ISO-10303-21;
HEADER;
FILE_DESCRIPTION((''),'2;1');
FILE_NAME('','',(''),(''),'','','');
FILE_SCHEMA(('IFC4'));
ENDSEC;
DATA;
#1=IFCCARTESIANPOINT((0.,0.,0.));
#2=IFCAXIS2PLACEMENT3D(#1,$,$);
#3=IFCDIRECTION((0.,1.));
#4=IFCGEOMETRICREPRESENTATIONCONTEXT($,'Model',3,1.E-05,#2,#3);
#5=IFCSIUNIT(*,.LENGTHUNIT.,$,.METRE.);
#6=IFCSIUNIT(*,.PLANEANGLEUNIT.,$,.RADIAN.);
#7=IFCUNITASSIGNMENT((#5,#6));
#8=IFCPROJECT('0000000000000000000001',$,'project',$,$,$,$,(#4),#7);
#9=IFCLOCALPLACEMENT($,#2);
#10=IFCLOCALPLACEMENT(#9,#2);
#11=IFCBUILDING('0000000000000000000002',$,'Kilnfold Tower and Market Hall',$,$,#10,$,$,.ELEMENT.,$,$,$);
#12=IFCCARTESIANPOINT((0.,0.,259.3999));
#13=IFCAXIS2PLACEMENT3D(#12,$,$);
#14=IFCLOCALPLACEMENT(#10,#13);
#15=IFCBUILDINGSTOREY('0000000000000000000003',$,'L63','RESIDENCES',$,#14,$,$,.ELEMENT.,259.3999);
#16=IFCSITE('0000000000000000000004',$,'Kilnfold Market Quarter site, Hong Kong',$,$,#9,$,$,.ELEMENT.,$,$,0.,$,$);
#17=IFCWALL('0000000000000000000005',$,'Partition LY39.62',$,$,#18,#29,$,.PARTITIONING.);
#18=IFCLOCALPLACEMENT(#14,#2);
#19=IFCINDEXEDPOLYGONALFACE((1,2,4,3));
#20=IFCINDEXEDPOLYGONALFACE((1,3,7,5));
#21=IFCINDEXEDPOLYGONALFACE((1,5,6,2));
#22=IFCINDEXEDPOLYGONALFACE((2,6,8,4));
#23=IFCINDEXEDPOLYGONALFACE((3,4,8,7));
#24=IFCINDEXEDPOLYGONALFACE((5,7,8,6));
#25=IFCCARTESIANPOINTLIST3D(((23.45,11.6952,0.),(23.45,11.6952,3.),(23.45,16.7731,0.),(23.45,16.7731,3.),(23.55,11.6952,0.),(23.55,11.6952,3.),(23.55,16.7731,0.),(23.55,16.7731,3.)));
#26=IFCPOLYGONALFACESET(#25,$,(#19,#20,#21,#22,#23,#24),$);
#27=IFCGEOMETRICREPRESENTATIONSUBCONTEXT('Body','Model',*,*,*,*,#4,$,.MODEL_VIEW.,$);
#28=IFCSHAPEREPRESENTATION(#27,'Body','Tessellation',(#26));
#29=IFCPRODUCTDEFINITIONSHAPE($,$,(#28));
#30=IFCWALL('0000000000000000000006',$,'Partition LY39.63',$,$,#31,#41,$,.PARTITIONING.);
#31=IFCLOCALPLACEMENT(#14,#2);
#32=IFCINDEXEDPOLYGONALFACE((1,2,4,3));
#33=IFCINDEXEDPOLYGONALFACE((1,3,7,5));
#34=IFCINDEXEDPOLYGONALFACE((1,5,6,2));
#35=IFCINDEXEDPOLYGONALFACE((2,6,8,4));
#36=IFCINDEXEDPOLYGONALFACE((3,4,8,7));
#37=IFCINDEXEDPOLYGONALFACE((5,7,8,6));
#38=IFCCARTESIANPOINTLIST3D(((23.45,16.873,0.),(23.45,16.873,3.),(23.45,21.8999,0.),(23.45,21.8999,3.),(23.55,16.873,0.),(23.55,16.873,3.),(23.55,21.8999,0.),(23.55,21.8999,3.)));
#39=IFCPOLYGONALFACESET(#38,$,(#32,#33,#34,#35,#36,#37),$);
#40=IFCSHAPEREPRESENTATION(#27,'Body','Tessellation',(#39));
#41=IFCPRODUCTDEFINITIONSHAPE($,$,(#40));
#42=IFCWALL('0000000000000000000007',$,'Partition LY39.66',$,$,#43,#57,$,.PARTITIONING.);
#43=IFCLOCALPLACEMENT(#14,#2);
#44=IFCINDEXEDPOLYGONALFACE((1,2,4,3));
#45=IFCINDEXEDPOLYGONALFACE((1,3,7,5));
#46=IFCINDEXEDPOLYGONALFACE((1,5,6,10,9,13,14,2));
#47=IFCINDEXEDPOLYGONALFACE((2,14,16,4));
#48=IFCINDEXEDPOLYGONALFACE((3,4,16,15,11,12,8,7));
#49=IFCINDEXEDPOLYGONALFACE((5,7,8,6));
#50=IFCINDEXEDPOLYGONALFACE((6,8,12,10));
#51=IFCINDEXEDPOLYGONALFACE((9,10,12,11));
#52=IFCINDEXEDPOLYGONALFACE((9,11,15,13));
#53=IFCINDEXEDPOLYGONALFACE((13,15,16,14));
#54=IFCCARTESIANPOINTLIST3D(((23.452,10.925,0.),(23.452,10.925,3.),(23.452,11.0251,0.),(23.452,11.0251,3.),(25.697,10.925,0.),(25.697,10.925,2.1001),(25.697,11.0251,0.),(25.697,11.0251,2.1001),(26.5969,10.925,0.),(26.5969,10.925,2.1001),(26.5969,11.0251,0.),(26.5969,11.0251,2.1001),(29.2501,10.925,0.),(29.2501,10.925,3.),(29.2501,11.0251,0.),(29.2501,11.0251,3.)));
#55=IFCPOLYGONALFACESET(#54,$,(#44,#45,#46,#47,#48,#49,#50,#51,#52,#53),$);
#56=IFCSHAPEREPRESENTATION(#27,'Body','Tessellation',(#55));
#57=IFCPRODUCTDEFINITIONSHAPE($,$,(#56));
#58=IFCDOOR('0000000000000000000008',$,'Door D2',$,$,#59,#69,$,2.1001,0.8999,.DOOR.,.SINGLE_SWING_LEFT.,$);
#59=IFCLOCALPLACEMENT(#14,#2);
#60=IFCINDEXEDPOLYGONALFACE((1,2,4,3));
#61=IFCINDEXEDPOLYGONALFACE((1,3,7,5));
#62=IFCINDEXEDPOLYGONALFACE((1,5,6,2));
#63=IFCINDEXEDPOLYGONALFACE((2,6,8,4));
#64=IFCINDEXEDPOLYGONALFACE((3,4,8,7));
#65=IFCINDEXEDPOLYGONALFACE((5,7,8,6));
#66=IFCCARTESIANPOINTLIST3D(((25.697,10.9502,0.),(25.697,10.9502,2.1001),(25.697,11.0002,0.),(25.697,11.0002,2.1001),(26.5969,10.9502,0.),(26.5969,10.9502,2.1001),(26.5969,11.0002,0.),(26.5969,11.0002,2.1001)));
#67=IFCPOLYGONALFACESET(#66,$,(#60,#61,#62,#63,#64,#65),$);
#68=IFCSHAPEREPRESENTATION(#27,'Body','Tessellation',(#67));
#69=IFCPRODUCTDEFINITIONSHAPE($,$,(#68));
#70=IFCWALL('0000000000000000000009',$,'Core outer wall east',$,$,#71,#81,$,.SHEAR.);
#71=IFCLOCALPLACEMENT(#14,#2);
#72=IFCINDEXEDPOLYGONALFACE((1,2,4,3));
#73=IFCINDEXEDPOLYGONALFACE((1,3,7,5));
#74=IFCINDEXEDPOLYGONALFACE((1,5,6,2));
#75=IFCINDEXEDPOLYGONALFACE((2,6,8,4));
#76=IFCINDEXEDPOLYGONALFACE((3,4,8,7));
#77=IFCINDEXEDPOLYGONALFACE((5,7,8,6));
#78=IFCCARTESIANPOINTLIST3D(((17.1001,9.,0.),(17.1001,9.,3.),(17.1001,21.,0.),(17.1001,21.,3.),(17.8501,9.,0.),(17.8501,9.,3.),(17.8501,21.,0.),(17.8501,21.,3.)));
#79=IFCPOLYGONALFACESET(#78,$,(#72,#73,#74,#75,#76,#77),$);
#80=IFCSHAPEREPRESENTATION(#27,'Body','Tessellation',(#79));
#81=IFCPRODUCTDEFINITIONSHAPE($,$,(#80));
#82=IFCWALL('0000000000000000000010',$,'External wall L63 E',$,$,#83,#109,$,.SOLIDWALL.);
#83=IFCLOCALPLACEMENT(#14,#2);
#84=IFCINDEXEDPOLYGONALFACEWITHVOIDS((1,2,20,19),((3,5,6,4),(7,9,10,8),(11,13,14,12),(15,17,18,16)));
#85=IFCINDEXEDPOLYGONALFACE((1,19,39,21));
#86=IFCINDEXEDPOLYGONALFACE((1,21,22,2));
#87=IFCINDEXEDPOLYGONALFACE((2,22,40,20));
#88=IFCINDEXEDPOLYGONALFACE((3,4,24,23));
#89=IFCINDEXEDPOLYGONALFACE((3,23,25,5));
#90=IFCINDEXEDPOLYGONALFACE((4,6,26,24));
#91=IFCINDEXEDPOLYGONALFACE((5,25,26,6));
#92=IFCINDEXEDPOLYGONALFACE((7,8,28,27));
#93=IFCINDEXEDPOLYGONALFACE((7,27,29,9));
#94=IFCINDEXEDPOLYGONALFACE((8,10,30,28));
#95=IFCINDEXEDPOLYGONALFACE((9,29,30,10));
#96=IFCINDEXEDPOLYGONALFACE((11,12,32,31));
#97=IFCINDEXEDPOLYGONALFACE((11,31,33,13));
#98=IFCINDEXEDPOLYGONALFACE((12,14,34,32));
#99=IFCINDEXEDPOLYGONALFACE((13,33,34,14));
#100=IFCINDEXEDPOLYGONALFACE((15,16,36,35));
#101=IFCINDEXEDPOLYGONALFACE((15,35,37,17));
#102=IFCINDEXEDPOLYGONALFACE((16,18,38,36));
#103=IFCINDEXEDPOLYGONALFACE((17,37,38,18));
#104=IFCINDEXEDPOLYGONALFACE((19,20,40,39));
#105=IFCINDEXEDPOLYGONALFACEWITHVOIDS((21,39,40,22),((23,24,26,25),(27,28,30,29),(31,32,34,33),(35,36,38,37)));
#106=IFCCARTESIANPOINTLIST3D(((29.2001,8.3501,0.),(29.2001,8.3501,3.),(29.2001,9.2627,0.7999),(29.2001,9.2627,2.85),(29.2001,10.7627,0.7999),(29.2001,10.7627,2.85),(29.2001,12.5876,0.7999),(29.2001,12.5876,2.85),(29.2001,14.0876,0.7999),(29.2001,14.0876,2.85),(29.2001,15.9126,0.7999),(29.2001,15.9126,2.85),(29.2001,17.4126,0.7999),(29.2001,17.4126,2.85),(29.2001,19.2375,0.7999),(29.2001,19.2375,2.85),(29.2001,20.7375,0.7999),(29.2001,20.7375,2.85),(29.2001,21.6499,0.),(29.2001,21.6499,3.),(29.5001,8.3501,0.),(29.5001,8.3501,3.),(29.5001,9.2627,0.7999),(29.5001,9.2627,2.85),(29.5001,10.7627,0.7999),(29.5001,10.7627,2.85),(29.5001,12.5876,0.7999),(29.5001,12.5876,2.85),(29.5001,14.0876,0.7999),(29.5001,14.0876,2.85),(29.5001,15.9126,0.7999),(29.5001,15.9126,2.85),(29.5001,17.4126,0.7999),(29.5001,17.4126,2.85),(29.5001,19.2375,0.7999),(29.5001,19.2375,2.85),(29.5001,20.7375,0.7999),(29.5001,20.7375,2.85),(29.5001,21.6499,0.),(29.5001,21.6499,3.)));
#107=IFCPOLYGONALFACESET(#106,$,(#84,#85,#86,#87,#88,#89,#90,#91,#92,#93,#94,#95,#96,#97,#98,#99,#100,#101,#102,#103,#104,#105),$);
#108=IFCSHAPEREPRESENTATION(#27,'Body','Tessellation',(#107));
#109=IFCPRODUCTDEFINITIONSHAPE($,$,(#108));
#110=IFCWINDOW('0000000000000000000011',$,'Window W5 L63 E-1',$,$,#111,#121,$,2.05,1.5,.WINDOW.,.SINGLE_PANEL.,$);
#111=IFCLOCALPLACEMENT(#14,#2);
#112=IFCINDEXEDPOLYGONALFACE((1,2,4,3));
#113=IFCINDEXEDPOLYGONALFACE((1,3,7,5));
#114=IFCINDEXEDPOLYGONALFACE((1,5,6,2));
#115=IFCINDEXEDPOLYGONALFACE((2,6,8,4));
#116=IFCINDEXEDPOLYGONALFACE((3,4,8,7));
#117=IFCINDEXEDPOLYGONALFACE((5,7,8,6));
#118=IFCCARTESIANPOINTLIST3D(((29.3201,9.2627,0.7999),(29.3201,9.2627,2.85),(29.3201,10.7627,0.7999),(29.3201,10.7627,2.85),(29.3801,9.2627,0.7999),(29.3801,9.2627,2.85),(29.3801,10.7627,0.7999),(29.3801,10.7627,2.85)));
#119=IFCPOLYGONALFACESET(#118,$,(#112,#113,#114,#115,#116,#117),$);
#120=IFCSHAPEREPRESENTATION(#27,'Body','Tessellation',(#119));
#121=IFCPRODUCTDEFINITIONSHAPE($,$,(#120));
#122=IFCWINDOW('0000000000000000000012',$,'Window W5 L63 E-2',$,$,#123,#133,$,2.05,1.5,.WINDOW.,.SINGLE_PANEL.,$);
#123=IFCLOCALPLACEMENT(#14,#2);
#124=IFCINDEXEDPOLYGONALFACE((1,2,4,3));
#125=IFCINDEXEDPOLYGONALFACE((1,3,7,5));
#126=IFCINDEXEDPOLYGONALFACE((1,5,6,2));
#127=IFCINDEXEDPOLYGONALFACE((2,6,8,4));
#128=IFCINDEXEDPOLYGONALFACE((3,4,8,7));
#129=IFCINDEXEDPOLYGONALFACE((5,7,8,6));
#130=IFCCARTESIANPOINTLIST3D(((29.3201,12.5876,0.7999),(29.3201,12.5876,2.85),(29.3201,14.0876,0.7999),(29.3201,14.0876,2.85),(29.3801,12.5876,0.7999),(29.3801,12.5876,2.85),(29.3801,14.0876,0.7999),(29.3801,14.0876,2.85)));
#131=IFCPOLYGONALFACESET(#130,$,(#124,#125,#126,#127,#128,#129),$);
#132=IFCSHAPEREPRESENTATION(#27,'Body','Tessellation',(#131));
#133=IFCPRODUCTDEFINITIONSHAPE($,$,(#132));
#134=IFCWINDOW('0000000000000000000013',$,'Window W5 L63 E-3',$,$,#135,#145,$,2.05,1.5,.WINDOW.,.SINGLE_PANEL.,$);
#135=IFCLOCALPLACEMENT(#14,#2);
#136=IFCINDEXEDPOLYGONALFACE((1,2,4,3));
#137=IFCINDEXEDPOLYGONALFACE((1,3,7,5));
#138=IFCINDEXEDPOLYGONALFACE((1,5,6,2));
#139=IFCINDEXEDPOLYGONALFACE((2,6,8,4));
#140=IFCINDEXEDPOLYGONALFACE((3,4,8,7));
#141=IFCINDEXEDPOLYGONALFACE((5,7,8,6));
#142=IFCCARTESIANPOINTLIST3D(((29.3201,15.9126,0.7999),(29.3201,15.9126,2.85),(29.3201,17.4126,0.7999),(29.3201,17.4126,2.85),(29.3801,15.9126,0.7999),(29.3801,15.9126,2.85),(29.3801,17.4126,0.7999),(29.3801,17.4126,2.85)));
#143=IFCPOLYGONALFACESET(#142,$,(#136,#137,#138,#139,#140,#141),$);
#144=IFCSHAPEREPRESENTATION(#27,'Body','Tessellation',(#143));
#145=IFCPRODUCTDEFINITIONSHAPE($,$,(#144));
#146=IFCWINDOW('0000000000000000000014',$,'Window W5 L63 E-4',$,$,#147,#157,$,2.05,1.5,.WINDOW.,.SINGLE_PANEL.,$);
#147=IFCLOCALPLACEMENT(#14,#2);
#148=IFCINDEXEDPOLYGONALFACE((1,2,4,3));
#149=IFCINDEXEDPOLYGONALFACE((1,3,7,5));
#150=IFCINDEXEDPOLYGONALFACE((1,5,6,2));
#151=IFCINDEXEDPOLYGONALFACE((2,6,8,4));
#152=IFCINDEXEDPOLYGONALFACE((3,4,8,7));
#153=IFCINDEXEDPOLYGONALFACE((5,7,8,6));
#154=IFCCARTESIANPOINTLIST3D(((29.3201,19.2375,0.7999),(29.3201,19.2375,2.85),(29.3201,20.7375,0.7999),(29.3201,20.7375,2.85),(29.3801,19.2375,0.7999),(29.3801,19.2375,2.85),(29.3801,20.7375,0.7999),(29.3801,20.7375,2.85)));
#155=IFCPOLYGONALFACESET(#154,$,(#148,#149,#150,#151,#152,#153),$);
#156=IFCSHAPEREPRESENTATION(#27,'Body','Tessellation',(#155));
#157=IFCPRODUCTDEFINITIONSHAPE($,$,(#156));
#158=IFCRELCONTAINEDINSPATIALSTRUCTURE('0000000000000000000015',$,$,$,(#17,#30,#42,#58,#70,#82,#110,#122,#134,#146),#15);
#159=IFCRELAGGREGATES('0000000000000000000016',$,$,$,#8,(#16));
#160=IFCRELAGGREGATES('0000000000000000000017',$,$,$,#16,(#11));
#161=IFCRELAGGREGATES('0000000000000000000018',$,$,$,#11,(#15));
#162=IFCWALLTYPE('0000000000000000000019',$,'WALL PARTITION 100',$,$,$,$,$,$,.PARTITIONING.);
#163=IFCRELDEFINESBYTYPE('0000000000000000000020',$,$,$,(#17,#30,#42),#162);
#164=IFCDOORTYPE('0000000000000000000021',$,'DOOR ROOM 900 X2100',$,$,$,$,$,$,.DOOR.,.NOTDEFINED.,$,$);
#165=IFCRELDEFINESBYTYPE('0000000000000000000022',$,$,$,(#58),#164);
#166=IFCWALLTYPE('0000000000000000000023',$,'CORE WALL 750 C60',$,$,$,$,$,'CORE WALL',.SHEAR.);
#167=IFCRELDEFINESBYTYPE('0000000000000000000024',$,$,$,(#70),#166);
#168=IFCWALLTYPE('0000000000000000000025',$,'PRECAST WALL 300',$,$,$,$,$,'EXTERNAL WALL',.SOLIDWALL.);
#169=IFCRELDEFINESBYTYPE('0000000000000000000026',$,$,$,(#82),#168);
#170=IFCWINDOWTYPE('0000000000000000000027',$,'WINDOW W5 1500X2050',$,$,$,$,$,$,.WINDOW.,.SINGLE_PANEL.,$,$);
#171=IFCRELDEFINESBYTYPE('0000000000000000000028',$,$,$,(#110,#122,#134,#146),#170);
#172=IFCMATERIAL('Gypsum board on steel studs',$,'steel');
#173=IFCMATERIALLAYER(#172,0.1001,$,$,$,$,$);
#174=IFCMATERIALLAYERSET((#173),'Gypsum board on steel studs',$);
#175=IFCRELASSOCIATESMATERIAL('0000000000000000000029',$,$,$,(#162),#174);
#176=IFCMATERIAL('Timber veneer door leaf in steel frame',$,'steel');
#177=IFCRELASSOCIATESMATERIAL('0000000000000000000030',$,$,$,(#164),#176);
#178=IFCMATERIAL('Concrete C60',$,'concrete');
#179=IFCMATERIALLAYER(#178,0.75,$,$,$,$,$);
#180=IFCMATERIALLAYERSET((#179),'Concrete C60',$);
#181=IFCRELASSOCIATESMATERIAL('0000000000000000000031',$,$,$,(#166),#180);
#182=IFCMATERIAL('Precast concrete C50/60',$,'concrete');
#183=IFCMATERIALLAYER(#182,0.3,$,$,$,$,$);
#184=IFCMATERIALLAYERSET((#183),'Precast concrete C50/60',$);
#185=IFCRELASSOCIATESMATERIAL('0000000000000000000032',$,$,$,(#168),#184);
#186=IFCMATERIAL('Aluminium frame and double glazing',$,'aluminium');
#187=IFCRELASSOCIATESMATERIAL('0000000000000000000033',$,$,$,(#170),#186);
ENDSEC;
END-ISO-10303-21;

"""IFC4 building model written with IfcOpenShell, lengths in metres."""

from ifc_helpers import new_model, si_unit, direction, frame, frame_2d, origin, place, context, subcontext, project, spatial, rectangle, extrude, source, transform, mapped, material, layer, layer_set, type_object, element, fill, save


model = new_model("IFC4")

# Units and contexts
model_context = context("Model", 3, precision=1e-05, world=origin(), true_north=direction((0.0, 1.0)))
body_context = subcontext(model_context, "Body", "Model", "MODEL_VIEW")
ifc_project = project(units=[si_unit("LENGTHUNIT", "METRE"), si_unit("PLANEANGLEUNIT", "RADIAN")], contexts=[model_context])

# Site, building, storey
site_placement = place(None, origin())
site = spatial("IfcSite", under=ifc_project, at=site_placement, Name="Kilnfold Market Quarter site, Hong Kong", CompositionType="ELEMENT", RefElevation=0.0)
building_placement = place(site_placement, origin())
building = spatial("IfcBuilding", under=site, at=building_placement, Name="Kilnfold Tower and Market Hall", CompositionType="ELEMENT")
storey_placement = place(building_placement, frame((0.0, 0.0, 259.3999)))
storey = spatial("IfcBuildingStorey", under=building, at=storey_placement, Name="L63", Description="RESIDENCES", CompositionType="ELEMENT", Elevation=259.3999)

# Shared definitions
ifc_material_1 = material(Name="Gypsum board on steel studs", Category="steel")
ifc_layer_1 = layer(ifc_material_1, 0.1001)
ifc_layer_set_1 = layer_set([ifc_layer_1], Name="Gypsum board on steel studs")
wall_type_1 = type_object("IfcWallType", Name="WALL PARTITION 100", PredefinedType="PARTITIONING", material=ifc_layer_set_1)

# Shared definitions
ifc_material_2 = material(Name="Timber veneer door leaf in steel frame", Category="steel")
door_type_1 = type_object("IfcDoorType", Name="DOOR ROOM 900 X2100", OperationType="NOTDEFINED", PredefinedType="DOOR", material=ifc_material_2)

# Walls
wall_1_placement = place(storey_placement, frame((23.5, 11.6951, 0.0), z_axis=(0.0, 0.0, 1.0), x_axis=(0.0, 1.0, 0.0)))
element("IfcWall", 1, at=wall_1_placement, inside=storey, type_object=wall_type_1, Name="Partition LY39.62", PredefinedType="PARTITIONING", context=body_context, shape_type="SweptSolid", body=[
    extrude(rectangle(XDim=5.0779, YDim=0.1001, at=frame_2d((2.5391, 0.0))), origin(), (0.0, 0.0, 1.0), 3.0),
])
wall_2_placement = place(storey_placement, frame((23.5, 16.873, 0.0), z_axis=(0.0, 0.0, 1.0), x_axis=(0.0, 1.0, 0.0)))
element("IfcWall", 2, at=wall_2_placement, inside=storey, type_object=wall_type_1, Name="Partition LY39.63", PredefinedType="PARTITIONING", context=body_context, shape_type="SweptSolid", body=[
    extrude(rectangle(XDim=5.0269, YDim=0.1001, at=frame_2d((2.5134, 0.0))), origin(), (0.0, 0.0, 1.0), 3.0),
])

# Wall, opening, door
wall_3_placement = place(storey_placement, frame((29.25, 10.9751, 0.0), z_axis=(0.0, 0.0, 1.0), x_axis=(-1.0, 0.0, 0.0)))
wall_3 = element("IfcWall", 3, at=wall_3_placement, inside=storey, type_object=wall_type_1, Name="Partition LY39.66", PredefinedType="PARTITIONING", context=body_context, shape_type="SweptSolid", body=[
    extrude(rectangle(XDim=5.7981, YDim=0.1001, at=frame_2d((2.8989, 0.0))), origin(), (0.0, 0.0, 1.0), 3.0),
])
opening_1_placement = place(wall_3_placement, frame((2.6531, 0.0, 0.0)))
opening_1 = element("IfcOpeningElement", 4, at=opening_1_placement, cuts=wall_3, PredefinedType="OPENING", context=body_context, shape_type="SweptSolid", body=[
    extrude(rectangle(XDim=0.8999, YDim=2.1001, at=frame_2d((0.45, 1.05))), frame((0.0, 0.0601, 0.0), z_axis=(0.0, -1.0, 0.0), x_axis=(1.0, 0.0, 0.0)), (0.0, 0.0, 1.0), 0.1201),
])
door_1_placement = place(opening_1_placement, origin())
door_1 = element("IfcDoor", 5, at=door_1_placement, inside=storey, type_object=door_type_1, Name="Door D2", OperationType="SINGLE_SWING_LEFT", OverallHeight=2.1001, OverallWidth=0.8999, PredefinedType="DOOR", context=body_context, shape_type="SweptSolid", body=[
    extrude(rectangle(XDim=0.8999, YDim=2.1001, at=frame_2d((0.45, 1.05))), frame((0.0, 0.0249, 0.0), z_axis=(0.0, -1.0, 0.0), x_axis=(1.0, 0.0, 0.0)), (0.0, 0.0, 1.0), 0.05),
])
fill(opening_1, door_1)

# Wall
ifc_material_3 = material(Name="Concrete C60", Category="concrete")
ifc_layer_2 = layer(ifc_material_3, 0.75)
ifc_layer_set_2 = layer_set([ifc_layer_2], Name="Concrete C60")
wall_type_2 = type_object("IfcWallType", Name="CORE WALL 750 C60", ElementType="CORE WALL", PredefinedType="SHEAR", material=ifc_layer_set_2)
shared_shape_1 = source(origin(), body_context, "Body", "SweptSolid", [
    extrude(rectangle(XDim=12.0, YDim=0.75, at=frame_2d((6.0, 0.0))), origin(), (0.0, 0.0, 1.0), 3.0),
])
wall_4_placement = place(storey_placement, frame((17.4751, 9.0, 0.0), z_axis=(0.0, 0.0, 1.0), x_axis=(0.0, 1.0, 0.0)))
element("IfcWall", 6, at=wall_4_placement, inside=storey, type_object=wall_type_2, Name="Core outer wall east", PredefinedType="SHEAR", context=body_context, shape_type="MappedRepresentation", body=[
    mapped(shared_shape_1, transform((0.0, 0.0, 0.0))),
])

# Wall, openings, windows
ifc_material_4 = material(Name="Precast concrete C50/60", Category="concrete")
ifc_layer_3 = layer(ifc_material_4, 0.3)
ifc_layer_set_3 = layer_set([ifc_layer_3], Name="Precast concrete C50/60")
wall_type_3 = type_object("IfcWallType", Name="PRECAST WALL 300", ElementType="EXTERNAL WALL", PredefinedType="SOLIDWALL", material=ifc_layer_set_3)
shared_shape_2 = source(origin(), body_context, "Body", "SweptSolid", [
    extrude(rectangle(XDim=13.2998, YDim=0.3, at=frame_2d((6.6499, 0.0))), origin(), (0.0, 0.0, 1.0), 3.0),
])
wall_5_placement = place(storey_placement, frame((29.3501, 8.3501, 0.0), z_axis=(0.0, 0.0, 1.0), x_axis=(0.0, 1.0, 0.0)))
wall_5 = element("IfcWall", 7, at=wall_5_placement, inside=storey, type_object=wall_type_3, Name="External wall L63 E", PredefinedType="SOLIDWALL", context=body_context, shape_type="MappedRepresentation", body=[
    mapped(shared_shape_2, transform((0.0, 0.0, 0.0))),
])
opening_2_placement = place(wall_5_placement, frame((0.9126, 0.0, 0.8)))
opening_2 = element("IfcOpeningElement", 8, at=opening_2_placement, cuts=wall_5, PredefinedType="OPENING", context=body_context, shape_type="SweptSolid", body=[
    extrude(rectangle(XDim=1.5, YDim=2.05, at=frame_2d((0.75, 1.0249))), frame((0.0, 0.1602, 0.0), z_axis=(0.0, -1.0, 0.0), x_axis=(1.0, 0.0, 0.0)), (0.0, 0.0, 1.0), 0.3201),
])
opening_3_placement = place(wall_5_placement, frame((4.2375, 0.0, 0.8)))
opening_3 = element("IfcOpeningElement", 9, at=opening_3_placement, cuts=wall_5, PredefinedType="OPENING", context=body_context, shape_type="SweptSolid", body=[
    extrude(rectangle(XDim=1.5, YDim=2.05, at=frame_2d((0.75, 1.0249))), frame((0.0, 0.1602, 0.0), z_axis=(0.0, -1.0, 0.0), x_axis=(1.0, 0.0, 0.0)), (0.0, 0.0, 1.0), 0.3201),
])
opening_4_placement = place(wall_5_placement, frame((7.5625, 0.0, 0.8)))
opening_4 = element("IfcOpeningElement", 10, at=opening_4_placement, cuts=wall_5, PredefinedType="OPENING", context=body_context, shape_type="SweptSolid", body=[
    extrude(rectangle(XDim=1.5, YDim=2.05, at=frame_2d((0.75, 1.0249))), frame((0.0, 0.1602, 0.0), z_axis=(0.0, -1.0, 0.0), x_axis=(1.0, 0.0, 0.0)), (0.0, 0.0, 1.0), 0.3201),
])
opening_5_placement = place(wall_5_placement, frame((10.8875, 0.0, 0.8)))
opening_5 = element("IfcOpeningElement", 11, at=opening_5_placement, cuts=wall_5, PredefinedType="OPENING", context=body_context, shape_type="SweptSolid", body=[
    extrude(rectangle(XDim=1.5, YDim=2.05, at=frame_2d((0.75, 1.0249))), frame((0.0, 0.1602, 0.0), z_axis=(0.0, -1.0, 0.0), x_axis=(1.0, 0.0, 0.0)), (0.0, 0.0, 1.0), 0.3201),
])
ifc_material_5 = material(Name="Aluminium frame and double glazing", Category="aluminium")
window_type = type_object("IfcWindowType", Name="WINDOW W5 1500X2050", PartitioningType="SINGLE_PANEL", PredefinedType="WINDOW", material=ifc_material_5)
window_1_placement = place(opening_2_placement, origin())
window_1 = element("IfcWindow", 12, at=window_1_placement, inside=storey, type_object=window_type, Name="Window W5 L63 E-1", OverallHeight=2.05, OverallWidth=1.5, PartitioningType="SINGLE_PANEL", PredefinedType="WINDOW", context=body_context, shape_type="SweptSolid", body=[
    extrude(rectangle(XDim=1.5, YDim=2.05, at=frame_2d((0.75, 1.0249))), frame((0.0, 0.03, 0.0), z_axis=(0.0, -1.0, 0.0), x_axis=(1.0, 0.0, 0.0)), (0.0, 0.0, 1.0), 0.0601),
])
fill(opening_2, window_1)
window_2_placement = place(opening_3_placement, origin())
window_2 = element("IfcWindow", 13, at=window_2_placement, inside=storey, type_object=window_type, Name="Window W5 L63 E-2", OverallHeight=2.05, OverallWidth=1.5, PartitioningType="SINGLE_PANEL", PredefinedType="WINDOW", context=body_context, shape_type="SweptSolid", body=[
    extrude(rectangle(XDim=1.5, YDim=2.05, at=frame_2d((0.75, 1.0249))), frame((0.0, 0.03, 0.0), z_axis=(0.0, -1.0, 0.0), x_axis=(1.0, 0.0, 0.0)), (0.0, 0.0, 1.0), 0.0601),
])
fill(opening_3, window_2)
window_3_placement = place(opening_4_placement, origin())
window_3 = element("IfcWindow", 14, at=window_3_placement, inside=storey, type_object=window_type, Name="Window W5 L63 E-3", OverallHeight=2.05, OverallWidth=1.5, PartitioningType="SINGLE_PANEL", PredefinedType="WINDOW", context=body_context, shape_type="SweptSolid", body=[
    extrude(rectangle(XDim=1.5, YDim=2.05, at=frame_2d((0.75, 1.0249))), frame((0.0, 0.03, 0.0), z_axis=(0.0, -1.0, 0.0), x_axis=(1.0, 0.0, 0.0)), (0.0, 0.0, 1.0), 0.0601),
])
fill(opening_4, window_3)
window_4_placement = place(opening_5_placement, origin())
window_4 = element("IfcWindow", 15, at=window_4_placement, inside=storey, type_object=window_type, Name="Window W5 L63 E-4", OverallHeight=2.05, OverallWidth=1.5, PartitioningType="SINGLE_PANEL", PredefinedType="WINDOW", context=body_context, shape_type="SweptSolid", body=[
    extrude(rectangle(XDim=1.5, YDim=2.05, at=frame_2d((0.75, 1.0249))), frame((0.0, 0.03, 0.0), z_axis=(0.0, -1.0, 0.0), x_axis=(1.0, 0.0, 0.0)), (0.0, 0.0, 1.0), 0.0601),
])
fill(opening_5, window_4)

save(model, "model.ifc")
